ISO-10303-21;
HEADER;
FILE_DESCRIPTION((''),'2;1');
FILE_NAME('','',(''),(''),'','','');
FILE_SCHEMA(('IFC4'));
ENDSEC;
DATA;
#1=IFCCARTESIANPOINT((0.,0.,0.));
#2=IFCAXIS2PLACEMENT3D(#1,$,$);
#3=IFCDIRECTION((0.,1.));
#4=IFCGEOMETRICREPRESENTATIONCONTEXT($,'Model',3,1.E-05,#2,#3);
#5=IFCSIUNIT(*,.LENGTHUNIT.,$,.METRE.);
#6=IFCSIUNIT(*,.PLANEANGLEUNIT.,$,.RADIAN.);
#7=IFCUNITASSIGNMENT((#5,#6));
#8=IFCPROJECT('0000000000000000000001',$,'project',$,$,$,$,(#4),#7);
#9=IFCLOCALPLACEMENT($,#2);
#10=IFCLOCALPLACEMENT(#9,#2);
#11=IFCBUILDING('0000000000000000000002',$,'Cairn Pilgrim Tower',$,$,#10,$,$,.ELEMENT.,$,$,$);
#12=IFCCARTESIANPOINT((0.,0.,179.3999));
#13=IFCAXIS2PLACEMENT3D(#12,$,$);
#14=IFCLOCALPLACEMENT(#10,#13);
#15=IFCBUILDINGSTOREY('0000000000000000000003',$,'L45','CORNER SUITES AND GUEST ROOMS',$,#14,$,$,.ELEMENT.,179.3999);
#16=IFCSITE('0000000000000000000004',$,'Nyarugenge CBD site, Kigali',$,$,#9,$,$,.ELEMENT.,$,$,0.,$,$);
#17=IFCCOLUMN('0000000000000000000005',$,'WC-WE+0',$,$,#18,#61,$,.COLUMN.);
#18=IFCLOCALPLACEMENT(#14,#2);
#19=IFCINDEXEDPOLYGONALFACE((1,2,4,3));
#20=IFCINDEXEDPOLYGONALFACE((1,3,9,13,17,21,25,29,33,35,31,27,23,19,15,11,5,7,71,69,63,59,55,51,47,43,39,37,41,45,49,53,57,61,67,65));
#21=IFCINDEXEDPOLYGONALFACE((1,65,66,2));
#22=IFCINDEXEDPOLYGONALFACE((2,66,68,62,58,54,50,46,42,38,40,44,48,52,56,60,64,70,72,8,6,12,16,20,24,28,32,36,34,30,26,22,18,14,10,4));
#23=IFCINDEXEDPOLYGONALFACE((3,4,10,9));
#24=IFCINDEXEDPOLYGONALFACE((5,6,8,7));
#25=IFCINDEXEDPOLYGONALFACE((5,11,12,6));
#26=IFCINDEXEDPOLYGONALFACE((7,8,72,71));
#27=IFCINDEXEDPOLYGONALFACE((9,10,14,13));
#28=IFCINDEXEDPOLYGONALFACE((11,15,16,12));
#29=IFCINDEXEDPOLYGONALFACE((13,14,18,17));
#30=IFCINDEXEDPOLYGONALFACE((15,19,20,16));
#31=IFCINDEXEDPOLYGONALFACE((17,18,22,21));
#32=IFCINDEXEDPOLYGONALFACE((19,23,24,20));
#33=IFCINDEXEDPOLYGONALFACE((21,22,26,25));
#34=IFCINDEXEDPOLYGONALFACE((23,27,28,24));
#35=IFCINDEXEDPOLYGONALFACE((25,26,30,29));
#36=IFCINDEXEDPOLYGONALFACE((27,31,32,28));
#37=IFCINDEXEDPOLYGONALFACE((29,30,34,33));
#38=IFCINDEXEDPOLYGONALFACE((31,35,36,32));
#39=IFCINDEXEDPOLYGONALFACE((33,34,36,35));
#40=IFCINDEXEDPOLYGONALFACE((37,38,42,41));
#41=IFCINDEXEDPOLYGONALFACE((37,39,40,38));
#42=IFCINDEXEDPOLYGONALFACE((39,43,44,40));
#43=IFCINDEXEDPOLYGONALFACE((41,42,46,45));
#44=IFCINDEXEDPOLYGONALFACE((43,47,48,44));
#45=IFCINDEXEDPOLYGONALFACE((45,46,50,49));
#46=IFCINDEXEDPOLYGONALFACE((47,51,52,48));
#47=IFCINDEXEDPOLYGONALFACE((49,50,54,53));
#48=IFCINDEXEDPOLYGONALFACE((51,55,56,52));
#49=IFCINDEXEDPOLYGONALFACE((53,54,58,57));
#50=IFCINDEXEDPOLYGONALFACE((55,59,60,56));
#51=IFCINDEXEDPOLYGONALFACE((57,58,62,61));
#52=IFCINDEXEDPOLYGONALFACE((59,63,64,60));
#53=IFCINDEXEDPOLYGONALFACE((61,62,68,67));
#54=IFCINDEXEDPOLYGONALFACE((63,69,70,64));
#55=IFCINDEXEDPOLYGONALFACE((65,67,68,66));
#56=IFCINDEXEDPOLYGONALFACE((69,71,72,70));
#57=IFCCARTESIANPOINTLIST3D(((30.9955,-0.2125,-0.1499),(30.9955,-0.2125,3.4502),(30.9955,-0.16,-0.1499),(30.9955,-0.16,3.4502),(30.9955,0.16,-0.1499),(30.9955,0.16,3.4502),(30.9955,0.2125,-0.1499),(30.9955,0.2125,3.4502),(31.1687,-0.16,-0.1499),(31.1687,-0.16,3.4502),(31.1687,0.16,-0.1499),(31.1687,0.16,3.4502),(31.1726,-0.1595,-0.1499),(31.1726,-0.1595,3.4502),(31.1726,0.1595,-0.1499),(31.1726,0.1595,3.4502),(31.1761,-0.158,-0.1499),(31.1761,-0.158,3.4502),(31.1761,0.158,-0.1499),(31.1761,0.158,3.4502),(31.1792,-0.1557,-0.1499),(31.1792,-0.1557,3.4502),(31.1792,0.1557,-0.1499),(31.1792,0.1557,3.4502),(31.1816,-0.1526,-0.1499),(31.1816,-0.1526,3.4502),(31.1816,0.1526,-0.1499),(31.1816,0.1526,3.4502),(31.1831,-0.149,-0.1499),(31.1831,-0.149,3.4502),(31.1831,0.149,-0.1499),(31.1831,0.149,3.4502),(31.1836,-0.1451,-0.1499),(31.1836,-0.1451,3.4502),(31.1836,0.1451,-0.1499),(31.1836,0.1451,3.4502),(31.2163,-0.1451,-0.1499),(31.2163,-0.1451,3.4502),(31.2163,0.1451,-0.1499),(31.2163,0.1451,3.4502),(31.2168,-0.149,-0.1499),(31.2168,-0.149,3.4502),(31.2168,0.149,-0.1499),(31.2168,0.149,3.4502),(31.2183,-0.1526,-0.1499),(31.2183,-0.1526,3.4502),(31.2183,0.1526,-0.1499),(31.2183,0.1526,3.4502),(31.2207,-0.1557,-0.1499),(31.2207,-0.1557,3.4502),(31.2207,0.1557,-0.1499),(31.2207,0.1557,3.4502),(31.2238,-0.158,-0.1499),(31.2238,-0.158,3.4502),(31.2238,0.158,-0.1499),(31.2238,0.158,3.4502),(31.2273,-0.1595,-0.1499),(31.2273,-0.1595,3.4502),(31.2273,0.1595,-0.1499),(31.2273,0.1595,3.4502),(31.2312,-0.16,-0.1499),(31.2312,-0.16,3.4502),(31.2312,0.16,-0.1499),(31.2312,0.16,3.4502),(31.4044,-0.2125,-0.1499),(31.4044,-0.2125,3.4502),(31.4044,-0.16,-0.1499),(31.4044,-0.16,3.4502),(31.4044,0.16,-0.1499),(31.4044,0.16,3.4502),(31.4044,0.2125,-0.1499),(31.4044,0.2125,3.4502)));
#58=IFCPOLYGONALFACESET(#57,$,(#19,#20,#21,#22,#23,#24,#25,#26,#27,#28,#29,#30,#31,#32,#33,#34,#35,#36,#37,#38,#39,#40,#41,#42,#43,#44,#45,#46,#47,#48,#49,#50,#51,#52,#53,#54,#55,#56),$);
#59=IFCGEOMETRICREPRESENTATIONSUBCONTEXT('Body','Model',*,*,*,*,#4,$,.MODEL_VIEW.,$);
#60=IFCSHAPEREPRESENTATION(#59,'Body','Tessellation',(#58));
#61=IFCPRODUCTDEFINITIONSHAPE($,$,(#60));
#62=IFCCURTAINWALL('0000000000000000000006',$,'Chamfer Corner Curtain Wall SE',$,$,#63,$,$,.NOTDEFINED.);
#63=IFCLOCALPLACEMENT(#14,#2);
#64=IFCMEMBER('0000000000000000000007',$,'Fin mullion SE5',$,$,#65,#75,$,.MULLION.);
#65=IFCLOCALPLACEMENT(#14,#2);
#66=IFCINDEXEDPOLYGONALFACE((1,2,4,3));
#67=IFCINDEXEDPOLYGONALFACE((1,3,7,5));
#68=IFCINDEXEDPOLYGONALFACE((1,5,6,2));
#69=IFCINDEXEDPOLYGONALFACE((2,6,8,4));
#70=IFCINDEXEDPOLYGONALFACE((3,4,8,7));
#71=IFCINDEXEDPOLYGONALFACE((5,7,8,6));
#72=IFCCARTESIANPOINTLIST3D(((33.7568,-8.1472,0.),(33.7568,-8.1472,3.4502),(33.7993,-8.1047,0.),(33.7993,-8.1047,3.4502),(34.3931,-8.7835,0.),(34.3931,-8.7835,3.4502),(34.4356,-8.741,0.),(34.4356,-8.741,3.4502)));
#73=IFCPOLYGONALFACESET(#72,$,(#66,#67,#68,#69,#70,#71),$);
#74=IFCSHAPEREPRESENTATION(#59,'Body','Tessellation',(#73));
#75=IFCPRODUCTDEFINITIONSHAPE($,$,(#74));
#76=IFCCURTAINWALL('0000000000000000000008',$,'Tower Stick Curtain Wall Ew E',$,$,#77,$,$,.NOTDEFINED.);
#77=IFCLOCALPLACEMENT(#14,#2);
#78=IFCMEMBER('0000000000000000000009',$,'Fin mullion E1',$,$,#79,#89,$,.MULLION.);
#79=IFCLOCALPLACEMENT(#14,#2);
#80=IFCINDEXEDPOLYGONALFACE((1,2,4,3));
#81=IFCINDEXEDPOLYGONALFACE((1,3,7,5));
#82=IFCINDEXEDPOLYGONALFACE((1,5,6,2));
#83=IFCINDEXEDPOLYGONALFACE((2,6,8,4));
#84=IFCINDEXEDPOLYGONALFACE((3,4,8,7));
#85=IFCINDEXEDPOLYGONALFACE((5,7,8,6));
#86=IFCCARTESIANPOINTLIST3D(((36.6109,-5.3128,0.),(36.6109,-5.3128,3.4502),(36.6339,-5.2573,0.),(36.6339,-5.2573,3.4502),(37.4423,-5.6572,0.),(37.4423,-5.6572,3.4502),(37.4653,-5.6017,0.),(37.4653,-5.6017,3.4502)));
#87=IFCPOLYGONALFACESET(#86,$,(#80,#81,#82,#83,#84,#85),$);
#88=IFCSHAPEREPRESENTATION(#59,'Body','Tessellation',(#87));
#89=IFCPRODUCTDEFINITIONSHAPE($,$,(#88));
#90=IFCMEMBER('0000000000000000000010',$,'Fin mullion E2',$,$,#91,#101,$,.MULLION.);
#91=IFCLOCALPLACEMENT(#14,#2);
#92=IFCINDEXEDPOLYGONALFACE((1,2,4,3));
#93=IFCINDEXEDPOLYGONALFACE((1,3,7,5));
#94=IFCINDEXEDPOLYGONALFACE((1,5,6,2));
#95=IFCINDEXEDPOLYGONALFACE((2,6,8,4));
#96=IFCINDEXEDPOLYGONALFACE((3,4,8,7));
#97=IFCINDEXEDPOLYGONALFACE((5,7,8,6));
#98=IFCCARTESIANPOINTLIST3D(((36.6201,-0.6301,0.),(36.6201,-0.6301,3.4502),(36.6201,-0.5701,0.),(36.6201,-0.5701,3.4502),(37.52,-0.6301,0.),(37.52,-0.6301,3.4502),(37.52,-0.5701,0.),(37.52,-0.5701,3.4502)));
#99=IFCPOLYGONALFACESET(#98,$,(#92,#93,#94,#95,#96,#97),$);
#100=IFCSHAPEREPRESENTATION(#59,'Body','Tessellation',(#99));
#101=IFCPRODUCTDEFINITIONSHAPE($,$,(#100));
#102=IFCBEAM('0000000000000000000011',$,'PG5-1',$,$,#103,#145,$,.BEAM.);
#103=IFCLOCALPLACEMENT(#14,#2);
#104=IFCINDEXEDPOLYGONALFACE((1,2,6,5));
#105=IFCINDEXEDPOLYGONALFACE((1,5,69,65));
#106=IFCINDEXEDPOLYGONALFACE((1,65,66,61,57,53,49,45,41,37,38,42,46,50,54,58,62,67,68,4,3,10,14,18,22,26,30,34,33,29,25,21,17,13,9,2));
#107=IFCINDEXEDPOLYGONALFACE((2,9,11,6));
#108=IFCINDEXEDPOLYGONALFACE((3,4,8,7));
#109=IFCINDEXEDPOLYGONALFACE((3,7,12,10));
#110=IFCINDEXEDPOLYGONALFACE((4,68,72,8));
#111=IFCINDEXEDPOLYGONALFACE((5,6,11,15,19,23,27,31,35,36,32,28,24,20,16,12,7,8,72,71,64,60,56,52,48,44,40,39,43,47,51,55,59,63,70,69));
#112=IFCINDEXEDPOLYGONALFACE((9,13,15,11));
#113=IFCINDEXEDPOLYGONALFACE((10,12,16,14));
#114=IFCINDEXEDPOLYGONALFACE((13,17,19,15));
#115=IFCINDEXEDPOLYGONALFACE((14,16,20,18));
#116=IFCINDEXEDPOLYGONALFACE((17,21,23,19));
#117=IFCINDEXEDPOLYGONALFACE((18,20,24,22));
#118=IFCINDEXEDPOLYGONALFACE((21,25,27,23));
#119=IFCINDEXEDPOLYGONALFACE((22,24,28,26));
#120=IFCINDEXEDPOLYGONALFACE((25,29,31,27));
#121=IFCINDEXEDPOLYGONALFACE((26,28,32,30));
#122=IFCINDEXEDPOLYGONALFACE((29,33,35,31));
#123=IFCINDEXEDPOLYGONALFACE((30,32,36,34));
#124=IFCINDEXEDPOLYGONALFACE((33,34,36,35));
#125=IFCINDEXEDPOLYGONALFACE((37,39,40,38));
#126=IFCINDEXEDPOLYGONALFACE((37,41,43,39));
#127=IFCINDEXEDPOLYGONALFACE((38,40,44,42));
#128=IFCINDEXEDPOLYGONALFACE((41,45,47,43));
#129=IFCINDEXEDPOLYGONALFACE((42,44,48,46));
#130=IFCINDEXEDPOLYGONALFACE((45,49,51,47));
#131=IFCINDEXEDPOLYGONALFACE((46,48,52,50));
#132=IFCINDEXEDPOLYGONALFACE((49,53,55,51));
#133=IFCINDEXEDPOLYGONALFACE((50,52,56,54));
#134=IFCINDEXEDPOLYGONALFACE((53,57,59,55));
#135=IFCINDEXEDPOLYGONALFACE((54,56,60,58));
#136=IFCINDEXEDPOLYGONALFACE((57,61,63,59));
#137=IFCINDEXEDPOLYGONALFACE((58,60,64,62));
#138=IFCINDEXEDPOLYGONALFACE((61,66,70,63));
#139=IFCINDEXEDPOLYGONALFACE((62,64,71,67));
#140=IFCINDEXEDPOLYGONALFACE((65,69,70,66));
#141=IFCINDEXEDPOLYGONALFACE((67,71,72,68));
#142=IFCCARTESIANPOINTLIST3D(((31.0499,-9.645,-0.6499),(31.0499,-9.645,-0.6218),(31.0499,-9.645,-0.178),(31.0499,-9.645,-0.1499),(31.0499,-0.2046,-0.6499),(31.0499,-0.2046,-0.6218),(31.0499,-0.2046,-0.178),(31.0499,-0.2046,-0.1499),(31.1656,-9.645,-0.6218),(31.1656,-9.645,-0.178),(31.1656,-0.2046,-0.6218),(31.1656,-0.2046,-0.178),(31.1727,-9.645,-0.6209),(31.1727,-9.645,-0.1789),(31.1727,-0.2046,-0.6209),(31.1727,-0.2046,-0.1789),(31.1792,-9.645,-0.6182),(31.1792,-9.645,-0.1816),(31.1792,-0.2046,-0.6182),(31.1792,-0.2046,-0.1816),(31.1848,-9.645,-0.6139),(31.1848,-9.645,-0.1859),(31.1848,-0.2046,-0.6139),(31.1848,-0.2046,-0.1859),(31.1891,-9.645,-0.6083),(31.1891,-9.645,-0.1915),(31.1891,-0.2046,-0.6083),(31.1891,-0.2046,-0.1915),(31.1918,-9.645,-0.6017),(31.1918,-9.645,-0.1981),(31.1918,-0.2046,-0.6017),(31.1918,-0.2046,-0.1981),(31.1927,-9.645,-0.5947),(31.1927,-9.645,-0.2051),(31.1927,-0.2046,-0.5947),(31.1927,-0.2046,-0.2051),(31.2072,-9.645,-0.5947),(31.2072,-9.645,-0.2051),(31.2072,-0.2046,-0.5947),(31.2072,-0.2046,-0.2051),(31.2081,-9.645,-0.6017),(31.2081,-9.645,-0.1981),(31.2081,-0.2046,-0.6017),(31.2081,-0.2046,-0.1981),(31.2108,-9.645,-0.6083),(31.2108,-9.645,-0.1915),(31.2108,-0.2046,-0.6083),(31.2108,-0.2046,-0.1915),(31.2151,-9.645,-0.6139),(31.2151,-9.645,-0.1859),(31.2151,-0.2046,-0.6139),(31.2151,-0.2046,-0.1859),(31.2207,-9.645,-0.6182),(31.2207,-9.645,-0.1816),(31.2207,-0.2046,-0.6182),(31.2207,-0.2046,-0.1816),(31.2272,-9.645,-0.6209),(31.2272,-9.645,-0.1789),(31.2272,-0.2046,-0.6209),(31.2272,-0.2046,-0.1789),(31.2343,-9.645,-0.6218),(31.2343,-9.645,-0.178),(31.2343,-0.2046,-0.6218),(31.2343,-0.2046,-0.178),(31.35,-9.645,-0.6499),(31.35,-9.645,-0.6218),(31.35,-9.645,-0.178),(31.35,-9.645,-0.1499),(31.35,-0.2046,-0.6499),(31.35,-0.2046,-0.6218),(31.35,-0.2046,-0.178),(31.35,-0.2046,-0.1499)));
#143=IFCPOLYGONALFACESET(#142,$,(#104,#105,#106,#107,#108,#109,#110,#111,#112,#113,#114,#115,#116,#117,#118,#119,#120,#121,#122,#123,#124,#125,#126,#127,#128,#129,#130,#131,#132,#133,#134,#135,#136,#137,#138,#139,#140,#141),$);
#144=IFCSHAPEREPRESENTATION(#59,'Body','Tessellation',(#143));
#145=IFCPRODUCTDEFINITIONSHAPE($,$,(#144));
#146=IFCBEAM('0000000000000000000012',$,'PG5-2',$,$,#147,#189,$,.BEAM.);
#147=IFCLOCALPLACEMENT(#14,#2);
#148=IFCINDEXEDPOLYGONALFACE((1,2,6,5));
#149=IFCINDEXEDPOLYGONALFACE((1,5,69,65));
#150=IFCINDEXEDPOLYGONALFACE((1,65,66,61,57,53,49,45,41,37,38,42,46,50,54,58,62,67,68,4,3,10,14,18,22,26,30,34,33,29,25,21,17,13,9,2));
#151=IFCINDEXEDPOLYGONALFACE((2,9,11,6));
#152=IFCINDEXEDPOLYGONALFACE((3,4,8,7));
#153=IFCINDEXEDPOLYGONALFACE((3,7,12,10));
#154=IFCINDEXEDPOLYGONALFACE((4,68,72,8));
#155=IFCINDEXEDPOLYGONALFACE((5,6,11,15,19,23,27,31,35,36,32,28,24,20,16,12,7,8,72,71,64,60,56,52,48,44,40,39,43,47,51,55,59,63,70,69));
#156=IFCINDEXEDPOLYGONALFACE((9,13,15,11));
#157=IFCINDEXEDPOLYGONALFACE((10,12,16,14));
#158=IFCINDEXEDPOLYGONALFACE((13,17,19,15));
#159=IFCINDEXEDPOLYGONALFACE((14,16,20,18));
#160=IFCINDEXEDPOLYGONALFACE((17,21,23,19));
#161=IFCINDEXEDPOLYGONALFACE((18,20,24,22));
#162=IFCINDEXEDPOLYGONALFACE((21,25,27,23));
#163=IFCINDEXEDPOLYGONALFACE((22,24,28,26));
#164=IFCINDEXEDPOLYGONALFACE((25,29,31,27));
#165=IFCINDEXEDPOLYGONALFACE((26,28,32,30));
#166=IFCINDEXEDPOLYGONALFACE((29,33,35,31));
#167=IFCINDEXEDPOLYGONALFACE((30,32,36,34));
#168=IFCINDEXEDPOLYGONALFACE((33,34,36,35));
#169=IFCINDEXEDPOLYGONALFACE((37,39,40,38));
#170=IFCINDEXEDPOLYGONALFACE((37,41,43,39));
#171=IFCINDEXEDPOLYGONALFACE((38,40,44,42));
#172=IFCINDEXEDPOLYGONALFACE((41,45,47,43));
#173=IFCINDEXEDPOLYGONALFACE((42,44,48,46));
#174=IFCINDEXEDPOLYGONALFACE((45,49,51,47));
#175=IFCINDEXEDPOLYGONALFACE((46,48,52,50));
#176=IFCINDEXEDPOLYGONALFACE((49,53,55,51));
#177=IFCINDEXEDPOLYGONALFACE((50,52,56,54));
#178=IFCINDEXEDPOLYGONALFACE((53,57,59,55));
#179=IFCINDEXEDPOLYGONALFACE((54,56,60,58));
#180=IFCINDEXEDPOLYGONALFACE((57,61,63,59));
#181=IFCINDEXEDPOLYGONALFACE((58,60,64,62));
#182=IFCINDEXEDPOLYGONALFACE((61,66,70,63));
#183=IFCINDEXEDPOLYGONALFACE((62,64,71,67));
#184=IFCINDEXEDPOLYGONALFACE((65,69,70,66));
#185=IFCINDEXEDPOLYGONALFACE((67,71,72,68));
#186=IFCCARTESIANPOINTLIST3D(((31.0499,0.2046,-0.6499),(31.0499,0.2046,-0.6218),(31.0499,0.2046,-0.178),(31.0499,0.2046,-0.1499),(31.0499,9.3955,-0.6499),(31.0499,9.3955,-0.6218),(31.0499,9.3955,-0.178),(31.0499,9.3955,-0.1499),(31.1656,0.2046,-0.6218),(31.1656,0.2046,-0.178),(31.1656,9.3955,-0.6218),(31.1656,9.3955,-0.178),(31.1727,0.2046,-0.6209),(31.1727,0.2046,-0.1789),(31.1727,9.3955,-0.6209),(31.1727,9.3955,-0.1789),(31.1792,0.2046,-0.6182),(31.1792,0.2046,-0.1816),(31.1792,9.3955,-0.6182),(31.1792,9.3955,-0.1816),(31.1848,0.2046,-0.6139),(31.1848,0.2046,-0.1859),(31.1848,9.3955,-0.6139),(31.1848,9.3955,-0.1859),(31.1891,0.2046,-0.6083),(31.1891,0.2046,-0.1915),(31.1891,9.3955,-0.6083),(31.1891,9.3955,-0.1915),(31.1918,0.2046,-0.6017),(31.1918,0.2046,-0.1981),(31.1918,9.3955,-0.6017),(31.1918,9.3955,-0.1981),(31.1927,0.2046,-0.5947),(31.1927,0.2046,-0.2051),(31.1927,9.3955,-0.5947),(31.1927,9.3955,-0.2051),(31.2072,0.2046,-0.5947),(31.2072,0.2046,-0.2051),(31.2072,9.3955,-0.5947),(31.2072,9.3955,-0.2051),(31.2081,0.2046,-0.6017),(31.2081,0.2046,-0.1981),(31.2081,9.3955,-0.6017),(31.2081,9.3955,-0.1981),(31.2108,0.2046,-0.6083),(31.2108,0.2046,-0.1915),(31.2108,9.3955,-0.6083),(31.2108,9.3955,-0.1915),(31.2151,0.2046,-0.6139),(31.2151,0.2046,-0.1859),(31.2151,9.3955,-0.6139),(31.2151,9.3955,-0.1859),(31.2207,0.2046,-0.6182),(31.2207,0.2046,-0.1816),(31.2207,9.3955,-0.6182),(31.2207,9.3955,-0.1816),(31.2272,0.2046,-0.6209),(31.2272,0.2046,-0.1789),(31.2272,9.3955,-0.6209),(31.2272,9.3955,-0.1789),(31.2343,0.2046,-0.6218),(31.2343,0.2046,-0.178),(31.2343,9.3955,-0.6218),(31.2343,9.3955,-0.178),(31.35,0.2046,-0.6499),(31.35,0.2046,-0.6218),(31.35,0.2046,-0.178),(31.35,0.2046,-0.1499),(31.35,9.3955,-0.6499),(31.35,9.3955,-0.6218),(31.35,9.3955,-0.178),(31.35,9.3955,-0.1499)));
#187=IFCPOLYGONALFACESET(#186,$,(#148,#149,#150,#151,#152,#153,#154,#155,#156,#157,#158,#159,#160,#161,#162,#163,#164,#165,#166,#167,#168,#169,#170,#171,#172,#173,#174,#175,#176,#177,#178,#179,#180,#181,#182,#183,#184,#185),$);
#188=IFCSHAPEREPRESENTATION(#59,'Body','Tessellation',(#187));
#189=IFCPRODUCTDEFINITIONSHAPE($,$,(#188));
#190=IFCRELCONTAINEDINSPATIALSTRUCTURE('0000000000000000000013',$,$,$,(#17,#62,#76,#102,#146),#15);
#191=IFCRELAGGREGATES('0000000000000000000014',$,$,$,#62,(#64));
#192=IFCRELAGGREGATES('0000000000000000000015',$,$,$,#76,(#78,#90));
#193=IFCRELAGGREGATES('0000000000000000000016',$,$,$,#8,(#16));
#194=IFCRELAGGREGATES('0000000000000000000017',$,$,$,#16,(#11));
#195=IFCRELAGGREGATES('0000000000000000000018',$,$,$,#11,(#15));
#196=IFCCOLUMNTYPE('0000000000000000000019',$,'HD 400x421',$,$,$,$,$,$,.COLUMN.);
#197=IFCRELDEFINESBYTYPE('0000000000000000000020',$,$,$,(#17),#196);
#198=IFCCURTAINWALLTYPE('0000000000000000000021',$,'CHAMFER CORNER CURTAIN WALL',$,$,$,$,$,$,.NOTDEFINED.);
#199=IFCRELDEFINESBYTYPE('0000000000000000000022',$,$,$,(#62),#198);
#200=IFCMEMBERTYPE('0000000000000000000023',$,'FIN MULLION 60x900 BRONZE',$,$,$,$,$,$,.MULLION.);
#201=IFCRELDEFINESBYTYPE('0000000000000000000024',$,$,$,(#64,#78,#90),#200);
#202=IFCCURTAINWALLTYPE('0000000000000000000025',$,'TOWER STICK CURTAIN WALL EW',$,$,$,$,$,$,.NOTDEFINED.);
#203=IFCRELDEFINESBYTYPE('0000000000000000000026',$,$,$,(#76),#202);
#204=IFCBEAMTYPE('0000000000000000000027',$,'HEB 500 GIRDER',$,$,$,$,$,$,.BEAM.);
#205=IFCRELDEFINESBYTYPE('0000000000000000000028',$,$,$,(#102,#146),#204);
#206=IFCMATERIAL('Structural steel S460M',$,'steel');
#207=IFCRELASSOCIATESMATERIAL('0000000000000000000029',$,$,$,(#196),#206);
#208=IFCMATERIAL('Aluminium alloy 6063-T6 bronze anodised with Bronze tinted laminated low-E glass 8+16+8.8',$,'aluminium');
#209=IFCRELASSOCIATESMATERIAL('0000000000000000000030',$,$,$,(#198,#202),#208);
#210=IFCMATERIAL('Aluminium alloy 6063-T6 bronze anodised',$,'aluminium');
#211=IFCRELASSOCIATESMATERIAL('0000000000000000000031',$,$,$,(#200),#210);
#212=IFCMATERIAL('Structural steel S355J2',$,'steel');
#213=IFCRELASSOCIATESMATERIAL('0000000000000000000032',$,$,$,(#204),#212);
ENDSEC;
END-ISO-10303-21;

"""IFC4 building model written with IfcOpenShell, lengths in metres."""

from ifc_helpers import new_model, si_unit, direction, frame, origin, origin_2d, place, context, subcontext, project, spatial, rectangle, i_section, extrude, material, material_profile, profile_set, type_object, element, aggregate, save


model = new_model("IFC4")

# Units and contexts
model_context = context("Model", 3, precision=1e-05, world=origin(), true_north=direction((0.0, 1.0)))
body_context = subcontext(model_context, "Body", "Model", "MODEL_VIEW")
ifc_project = project(units=[si_unit("LENGTHUNIT", "METRE"), si_unit("PLANEANGLEUNIT", "RADIAN")], contexts=[model_context])

# Site, building, storey
site_placement = place(None, origin())
site = spatial("IfcSite", under=ifc_project, at=site_placement, Name="Nyarugenge CBD site, Kigali", CompositionType="ELEMENT", RefElevation=0.0)
building_placement = place(site_placement, origin())
building = spatial("IfcBuilding", under=site, at=building_placement, Name="Cairn Pilgrim Tower", CompositionType="ELEMENT")
storey_placement = place(building_placement, frame((0.0, 0.0, 179.3999)))
storey = spatial("IfcBuildingStorey", under=building, at=storey_placement, Name="L45", Description="CORNER SUITES AND GUEST ROOMS", CompositionType="ELEMENT", Elevation=179.3999)

# Column
ifc_material_1 = material(Name="Structural steel S460M", Category="steel")
ifc_material_profile_1 = material_profile(ifc_material_1, i_section(OverallWidth=0.4089, OverallDepth=0.425, WebThickness=0.0327, FlangeThickness=0.0525, FilletRadius=0.0149, at=origin_2d()), Name="HD 400x421")
ifc_profile_set_1 = profile_set([ifc_material_profile_1], Name="Structural steel S460M")
column_type_1 = type_object("IfcColumnType", Name="HD 400x421", PredefinedType="COLUMN", material=ifc_profile_set_1)
column_1_placement = place(storey_placement, frame((31.2, 0.0, -0.1499), z_axis=(0.0, 0.0, 1.0), x_axis=(1.0, 0.0, 0.0)))
element("IfcColumn", 1, at=column_1_placement, inside=storey, type_object=column_type_1, Name="WC-WE+0", PredefinedType="COLUMN", context=body_context, shape_type="SweptSolid", body=[
    extrude(i_section(OverallWidth=0.4089, OverallDepth=0.425, WebThickness=0.0327, FlangeThickness=0.0525, FilletRadius=0.0149, at=origin_2d()), origin(), (0.0, 0.0, 1.0), 3.6001),
])

# Curtain wall, member
ifc_material_2 = material(Name="Aluminium alloy 6063-T6 bronze anodised with Bronze tinted laminated low-E glass 8+16+8.8", Category="aluminium")
curtain_wall_type_1 = type_object("IfcCurtainWallType", Name="CHAMFER CORNER CURTAIN WALL", PredefinedType="NOTDEFINED", material=ifc_material_2)
curtain_wall_1_placement = place(storey_placement, origin())
curtain_wall_1 = element("IfcCurtainWall", 2, at=curtain_wall_1_placement, inside=storey, type_object=curtain_wall_type_1, Name="Chamfer Corner Curtain Wall SE", PredefinedType="NOTDEFINED")
ifc_material_3 = material(Name="Aluminium alloy 6063-T6 bronze anodised", Category="aluminium")
ifc_material_profile_2 = material_profile(ifc_material_3, rectangle(XDim=0.8999, YDim=0.0601, at=origin_2d()), Name="FIN MULLION 60x900 BRONZE")
ifc_profile_set_2 = profile_set([ifc_material_profile_2], Name="Aluminium alloy 6063-T6 bronze anodised")
member_type_1 = type_object("IfcMemberType", Name="FIN MULLION 60x900 BRONZE", PredefinedType="MULLION", material=ifc_profile_set_2)
member_1_placement = place(storey_placement, frame((34.0962, -8.4441, 0.0), z_axis=(0.0, 0.0, 1.0), x_axis=(0.707107, -0.707107, 0.0)))
member_1 = element("IfcMember", 3, at=member_1_placement, type_object=member_type_1, Name="Fin mullion SE5", PredefinedType="MULLION", context=body_context, shape_type="SweptSolid", body=[
    extrude(rectangle(XDim=0.8999, YDim=0.0601, at=origin_2d()), origin(), (0.0, 0.0, 1.0), 3.4502),
])

# Curtain wall, members
curtain_wall_type_2 = type_object("IfcCurtainWallType", Name="TOWER STICK CURTAIN WALL EW", PredefinedType="NOTDEFINED", material=ifc_material_2)
curtain_wall_2_placement = place(storey_placement, origin())
curtain_wall_2 = element("IfcCurtainWall", 4, at=curtain_wall_2_placement, inside=storey, type_object=curtain_wall_type_2, Name="Tower Stick Curtain Wall Ew E", PredefinedType="NOTDEFINED")
member_2_placement = place(storey_placement, frame((37.0381, -5.4573, 0.0), z_axis=(0.0, 0.0, 1.0), x_axis=(0.92388, -0.382683, 0.0)))
member_2 = element("IfcMember", 5, at=member_2_placement, type_object=member_type_1, Name="Fin mullion E1", PredefinedType="MULLION", context=body_context, shape_type="SweptSolid", body=[
    extrude(rectangle(XDim=0.8999, YDim=0.0601, at=origin_2d()), origin(), (0.0, 0.0, 1.0), 3.4502),
])
member_3_placement = place(storey_placement, frame((37.0701, -0.6001, 0.0), z_axis=(0.0, 0.0, 1.0), x_axis=(1.0, 0.0, 0.0)))
member_3 = element("IfcMember", 6, at=member_3_placement, type_object=member_type_1, Name="Fin mullion E2", PredefinedType="MULLION", context=body_context, shape_type="SweptSolid", body=[
    extrude(rectangle(XDim=0.8999, YDim=0.0601, at=origin_2d()), origin(), (0.0, 0.0, 1.0), 3.4502),
])

# Beams
ifc_material_4 = material(Name="Structural steel S355J2", Category="steel")
ifc_material_profile_3 = material_profile(ifc_material_4, i_section(OverallWidth=0.3, OverallDepth=0.5, WebThickness=0.0144, FlangeThickness=0.0281, FilletRadius=0.0271, at=origin_2d()), Name="HEB 500")
ifc_profile_set_3 = profile_set([ifc_material_profile_3], Name="Structural steel S355J2")
beam_type_1 = type_object("IfcBeamType", Name="HEB 500 GIRDER", PredefinedType="BEAM", material=ifc_profile_set_3)
beam_1_placement = place(storey_placement, frame((31.2, -9.645, -0.3999), z_axis=(0.0, 1.0, 0.0), x_axis=(-1.0, 0.0, 0.0)))
element("IfcBeam", 7, at=beam_1_placement, inside=storey, type_object=beam_type_1, Name="PG5-1", PredefinedType="BEAM", context=body_context, shape_type="SweptSolid", body=[
    extrude(i_section(OverallWidth=0.3, OverallDepth=0.5, WebThickness=0.0144, FlangeThickness=0.0281, FilletRadius=0.0271, at=origin_2d()), origin(), (0.0, 0.0, 1.0), 9.4404),
])
beam_2_placement = place(storey_placement, frame((31.2, 0.2046, -0.3999), z_axis=(0.0, 1.0, 0.0), x_axis=(-1.0, 0.0, 0.0)))
element("IfcBeam", 8, at=beam_2_placement, inside=storey, type_object=beam_type_1, Name="PG5-2", PredefinedType="BEAM", context=body_context, shape_type="SweptSolid", body=[
    extrude(i_section(OverallWidth=0.3, OverallDepth=0.5, WebThickness=0.0144, FlangeThickness=0.0281, FilletRadius=0.0271, at=origin_2d()), origin(), (0.0, 0.0, 1.0), 9.1909),
])

aggregate(curtain_wall_1, [member_1])
aggregate(curtain_wall_2, [member_2, member_3])

save(model, "model.ifc")
